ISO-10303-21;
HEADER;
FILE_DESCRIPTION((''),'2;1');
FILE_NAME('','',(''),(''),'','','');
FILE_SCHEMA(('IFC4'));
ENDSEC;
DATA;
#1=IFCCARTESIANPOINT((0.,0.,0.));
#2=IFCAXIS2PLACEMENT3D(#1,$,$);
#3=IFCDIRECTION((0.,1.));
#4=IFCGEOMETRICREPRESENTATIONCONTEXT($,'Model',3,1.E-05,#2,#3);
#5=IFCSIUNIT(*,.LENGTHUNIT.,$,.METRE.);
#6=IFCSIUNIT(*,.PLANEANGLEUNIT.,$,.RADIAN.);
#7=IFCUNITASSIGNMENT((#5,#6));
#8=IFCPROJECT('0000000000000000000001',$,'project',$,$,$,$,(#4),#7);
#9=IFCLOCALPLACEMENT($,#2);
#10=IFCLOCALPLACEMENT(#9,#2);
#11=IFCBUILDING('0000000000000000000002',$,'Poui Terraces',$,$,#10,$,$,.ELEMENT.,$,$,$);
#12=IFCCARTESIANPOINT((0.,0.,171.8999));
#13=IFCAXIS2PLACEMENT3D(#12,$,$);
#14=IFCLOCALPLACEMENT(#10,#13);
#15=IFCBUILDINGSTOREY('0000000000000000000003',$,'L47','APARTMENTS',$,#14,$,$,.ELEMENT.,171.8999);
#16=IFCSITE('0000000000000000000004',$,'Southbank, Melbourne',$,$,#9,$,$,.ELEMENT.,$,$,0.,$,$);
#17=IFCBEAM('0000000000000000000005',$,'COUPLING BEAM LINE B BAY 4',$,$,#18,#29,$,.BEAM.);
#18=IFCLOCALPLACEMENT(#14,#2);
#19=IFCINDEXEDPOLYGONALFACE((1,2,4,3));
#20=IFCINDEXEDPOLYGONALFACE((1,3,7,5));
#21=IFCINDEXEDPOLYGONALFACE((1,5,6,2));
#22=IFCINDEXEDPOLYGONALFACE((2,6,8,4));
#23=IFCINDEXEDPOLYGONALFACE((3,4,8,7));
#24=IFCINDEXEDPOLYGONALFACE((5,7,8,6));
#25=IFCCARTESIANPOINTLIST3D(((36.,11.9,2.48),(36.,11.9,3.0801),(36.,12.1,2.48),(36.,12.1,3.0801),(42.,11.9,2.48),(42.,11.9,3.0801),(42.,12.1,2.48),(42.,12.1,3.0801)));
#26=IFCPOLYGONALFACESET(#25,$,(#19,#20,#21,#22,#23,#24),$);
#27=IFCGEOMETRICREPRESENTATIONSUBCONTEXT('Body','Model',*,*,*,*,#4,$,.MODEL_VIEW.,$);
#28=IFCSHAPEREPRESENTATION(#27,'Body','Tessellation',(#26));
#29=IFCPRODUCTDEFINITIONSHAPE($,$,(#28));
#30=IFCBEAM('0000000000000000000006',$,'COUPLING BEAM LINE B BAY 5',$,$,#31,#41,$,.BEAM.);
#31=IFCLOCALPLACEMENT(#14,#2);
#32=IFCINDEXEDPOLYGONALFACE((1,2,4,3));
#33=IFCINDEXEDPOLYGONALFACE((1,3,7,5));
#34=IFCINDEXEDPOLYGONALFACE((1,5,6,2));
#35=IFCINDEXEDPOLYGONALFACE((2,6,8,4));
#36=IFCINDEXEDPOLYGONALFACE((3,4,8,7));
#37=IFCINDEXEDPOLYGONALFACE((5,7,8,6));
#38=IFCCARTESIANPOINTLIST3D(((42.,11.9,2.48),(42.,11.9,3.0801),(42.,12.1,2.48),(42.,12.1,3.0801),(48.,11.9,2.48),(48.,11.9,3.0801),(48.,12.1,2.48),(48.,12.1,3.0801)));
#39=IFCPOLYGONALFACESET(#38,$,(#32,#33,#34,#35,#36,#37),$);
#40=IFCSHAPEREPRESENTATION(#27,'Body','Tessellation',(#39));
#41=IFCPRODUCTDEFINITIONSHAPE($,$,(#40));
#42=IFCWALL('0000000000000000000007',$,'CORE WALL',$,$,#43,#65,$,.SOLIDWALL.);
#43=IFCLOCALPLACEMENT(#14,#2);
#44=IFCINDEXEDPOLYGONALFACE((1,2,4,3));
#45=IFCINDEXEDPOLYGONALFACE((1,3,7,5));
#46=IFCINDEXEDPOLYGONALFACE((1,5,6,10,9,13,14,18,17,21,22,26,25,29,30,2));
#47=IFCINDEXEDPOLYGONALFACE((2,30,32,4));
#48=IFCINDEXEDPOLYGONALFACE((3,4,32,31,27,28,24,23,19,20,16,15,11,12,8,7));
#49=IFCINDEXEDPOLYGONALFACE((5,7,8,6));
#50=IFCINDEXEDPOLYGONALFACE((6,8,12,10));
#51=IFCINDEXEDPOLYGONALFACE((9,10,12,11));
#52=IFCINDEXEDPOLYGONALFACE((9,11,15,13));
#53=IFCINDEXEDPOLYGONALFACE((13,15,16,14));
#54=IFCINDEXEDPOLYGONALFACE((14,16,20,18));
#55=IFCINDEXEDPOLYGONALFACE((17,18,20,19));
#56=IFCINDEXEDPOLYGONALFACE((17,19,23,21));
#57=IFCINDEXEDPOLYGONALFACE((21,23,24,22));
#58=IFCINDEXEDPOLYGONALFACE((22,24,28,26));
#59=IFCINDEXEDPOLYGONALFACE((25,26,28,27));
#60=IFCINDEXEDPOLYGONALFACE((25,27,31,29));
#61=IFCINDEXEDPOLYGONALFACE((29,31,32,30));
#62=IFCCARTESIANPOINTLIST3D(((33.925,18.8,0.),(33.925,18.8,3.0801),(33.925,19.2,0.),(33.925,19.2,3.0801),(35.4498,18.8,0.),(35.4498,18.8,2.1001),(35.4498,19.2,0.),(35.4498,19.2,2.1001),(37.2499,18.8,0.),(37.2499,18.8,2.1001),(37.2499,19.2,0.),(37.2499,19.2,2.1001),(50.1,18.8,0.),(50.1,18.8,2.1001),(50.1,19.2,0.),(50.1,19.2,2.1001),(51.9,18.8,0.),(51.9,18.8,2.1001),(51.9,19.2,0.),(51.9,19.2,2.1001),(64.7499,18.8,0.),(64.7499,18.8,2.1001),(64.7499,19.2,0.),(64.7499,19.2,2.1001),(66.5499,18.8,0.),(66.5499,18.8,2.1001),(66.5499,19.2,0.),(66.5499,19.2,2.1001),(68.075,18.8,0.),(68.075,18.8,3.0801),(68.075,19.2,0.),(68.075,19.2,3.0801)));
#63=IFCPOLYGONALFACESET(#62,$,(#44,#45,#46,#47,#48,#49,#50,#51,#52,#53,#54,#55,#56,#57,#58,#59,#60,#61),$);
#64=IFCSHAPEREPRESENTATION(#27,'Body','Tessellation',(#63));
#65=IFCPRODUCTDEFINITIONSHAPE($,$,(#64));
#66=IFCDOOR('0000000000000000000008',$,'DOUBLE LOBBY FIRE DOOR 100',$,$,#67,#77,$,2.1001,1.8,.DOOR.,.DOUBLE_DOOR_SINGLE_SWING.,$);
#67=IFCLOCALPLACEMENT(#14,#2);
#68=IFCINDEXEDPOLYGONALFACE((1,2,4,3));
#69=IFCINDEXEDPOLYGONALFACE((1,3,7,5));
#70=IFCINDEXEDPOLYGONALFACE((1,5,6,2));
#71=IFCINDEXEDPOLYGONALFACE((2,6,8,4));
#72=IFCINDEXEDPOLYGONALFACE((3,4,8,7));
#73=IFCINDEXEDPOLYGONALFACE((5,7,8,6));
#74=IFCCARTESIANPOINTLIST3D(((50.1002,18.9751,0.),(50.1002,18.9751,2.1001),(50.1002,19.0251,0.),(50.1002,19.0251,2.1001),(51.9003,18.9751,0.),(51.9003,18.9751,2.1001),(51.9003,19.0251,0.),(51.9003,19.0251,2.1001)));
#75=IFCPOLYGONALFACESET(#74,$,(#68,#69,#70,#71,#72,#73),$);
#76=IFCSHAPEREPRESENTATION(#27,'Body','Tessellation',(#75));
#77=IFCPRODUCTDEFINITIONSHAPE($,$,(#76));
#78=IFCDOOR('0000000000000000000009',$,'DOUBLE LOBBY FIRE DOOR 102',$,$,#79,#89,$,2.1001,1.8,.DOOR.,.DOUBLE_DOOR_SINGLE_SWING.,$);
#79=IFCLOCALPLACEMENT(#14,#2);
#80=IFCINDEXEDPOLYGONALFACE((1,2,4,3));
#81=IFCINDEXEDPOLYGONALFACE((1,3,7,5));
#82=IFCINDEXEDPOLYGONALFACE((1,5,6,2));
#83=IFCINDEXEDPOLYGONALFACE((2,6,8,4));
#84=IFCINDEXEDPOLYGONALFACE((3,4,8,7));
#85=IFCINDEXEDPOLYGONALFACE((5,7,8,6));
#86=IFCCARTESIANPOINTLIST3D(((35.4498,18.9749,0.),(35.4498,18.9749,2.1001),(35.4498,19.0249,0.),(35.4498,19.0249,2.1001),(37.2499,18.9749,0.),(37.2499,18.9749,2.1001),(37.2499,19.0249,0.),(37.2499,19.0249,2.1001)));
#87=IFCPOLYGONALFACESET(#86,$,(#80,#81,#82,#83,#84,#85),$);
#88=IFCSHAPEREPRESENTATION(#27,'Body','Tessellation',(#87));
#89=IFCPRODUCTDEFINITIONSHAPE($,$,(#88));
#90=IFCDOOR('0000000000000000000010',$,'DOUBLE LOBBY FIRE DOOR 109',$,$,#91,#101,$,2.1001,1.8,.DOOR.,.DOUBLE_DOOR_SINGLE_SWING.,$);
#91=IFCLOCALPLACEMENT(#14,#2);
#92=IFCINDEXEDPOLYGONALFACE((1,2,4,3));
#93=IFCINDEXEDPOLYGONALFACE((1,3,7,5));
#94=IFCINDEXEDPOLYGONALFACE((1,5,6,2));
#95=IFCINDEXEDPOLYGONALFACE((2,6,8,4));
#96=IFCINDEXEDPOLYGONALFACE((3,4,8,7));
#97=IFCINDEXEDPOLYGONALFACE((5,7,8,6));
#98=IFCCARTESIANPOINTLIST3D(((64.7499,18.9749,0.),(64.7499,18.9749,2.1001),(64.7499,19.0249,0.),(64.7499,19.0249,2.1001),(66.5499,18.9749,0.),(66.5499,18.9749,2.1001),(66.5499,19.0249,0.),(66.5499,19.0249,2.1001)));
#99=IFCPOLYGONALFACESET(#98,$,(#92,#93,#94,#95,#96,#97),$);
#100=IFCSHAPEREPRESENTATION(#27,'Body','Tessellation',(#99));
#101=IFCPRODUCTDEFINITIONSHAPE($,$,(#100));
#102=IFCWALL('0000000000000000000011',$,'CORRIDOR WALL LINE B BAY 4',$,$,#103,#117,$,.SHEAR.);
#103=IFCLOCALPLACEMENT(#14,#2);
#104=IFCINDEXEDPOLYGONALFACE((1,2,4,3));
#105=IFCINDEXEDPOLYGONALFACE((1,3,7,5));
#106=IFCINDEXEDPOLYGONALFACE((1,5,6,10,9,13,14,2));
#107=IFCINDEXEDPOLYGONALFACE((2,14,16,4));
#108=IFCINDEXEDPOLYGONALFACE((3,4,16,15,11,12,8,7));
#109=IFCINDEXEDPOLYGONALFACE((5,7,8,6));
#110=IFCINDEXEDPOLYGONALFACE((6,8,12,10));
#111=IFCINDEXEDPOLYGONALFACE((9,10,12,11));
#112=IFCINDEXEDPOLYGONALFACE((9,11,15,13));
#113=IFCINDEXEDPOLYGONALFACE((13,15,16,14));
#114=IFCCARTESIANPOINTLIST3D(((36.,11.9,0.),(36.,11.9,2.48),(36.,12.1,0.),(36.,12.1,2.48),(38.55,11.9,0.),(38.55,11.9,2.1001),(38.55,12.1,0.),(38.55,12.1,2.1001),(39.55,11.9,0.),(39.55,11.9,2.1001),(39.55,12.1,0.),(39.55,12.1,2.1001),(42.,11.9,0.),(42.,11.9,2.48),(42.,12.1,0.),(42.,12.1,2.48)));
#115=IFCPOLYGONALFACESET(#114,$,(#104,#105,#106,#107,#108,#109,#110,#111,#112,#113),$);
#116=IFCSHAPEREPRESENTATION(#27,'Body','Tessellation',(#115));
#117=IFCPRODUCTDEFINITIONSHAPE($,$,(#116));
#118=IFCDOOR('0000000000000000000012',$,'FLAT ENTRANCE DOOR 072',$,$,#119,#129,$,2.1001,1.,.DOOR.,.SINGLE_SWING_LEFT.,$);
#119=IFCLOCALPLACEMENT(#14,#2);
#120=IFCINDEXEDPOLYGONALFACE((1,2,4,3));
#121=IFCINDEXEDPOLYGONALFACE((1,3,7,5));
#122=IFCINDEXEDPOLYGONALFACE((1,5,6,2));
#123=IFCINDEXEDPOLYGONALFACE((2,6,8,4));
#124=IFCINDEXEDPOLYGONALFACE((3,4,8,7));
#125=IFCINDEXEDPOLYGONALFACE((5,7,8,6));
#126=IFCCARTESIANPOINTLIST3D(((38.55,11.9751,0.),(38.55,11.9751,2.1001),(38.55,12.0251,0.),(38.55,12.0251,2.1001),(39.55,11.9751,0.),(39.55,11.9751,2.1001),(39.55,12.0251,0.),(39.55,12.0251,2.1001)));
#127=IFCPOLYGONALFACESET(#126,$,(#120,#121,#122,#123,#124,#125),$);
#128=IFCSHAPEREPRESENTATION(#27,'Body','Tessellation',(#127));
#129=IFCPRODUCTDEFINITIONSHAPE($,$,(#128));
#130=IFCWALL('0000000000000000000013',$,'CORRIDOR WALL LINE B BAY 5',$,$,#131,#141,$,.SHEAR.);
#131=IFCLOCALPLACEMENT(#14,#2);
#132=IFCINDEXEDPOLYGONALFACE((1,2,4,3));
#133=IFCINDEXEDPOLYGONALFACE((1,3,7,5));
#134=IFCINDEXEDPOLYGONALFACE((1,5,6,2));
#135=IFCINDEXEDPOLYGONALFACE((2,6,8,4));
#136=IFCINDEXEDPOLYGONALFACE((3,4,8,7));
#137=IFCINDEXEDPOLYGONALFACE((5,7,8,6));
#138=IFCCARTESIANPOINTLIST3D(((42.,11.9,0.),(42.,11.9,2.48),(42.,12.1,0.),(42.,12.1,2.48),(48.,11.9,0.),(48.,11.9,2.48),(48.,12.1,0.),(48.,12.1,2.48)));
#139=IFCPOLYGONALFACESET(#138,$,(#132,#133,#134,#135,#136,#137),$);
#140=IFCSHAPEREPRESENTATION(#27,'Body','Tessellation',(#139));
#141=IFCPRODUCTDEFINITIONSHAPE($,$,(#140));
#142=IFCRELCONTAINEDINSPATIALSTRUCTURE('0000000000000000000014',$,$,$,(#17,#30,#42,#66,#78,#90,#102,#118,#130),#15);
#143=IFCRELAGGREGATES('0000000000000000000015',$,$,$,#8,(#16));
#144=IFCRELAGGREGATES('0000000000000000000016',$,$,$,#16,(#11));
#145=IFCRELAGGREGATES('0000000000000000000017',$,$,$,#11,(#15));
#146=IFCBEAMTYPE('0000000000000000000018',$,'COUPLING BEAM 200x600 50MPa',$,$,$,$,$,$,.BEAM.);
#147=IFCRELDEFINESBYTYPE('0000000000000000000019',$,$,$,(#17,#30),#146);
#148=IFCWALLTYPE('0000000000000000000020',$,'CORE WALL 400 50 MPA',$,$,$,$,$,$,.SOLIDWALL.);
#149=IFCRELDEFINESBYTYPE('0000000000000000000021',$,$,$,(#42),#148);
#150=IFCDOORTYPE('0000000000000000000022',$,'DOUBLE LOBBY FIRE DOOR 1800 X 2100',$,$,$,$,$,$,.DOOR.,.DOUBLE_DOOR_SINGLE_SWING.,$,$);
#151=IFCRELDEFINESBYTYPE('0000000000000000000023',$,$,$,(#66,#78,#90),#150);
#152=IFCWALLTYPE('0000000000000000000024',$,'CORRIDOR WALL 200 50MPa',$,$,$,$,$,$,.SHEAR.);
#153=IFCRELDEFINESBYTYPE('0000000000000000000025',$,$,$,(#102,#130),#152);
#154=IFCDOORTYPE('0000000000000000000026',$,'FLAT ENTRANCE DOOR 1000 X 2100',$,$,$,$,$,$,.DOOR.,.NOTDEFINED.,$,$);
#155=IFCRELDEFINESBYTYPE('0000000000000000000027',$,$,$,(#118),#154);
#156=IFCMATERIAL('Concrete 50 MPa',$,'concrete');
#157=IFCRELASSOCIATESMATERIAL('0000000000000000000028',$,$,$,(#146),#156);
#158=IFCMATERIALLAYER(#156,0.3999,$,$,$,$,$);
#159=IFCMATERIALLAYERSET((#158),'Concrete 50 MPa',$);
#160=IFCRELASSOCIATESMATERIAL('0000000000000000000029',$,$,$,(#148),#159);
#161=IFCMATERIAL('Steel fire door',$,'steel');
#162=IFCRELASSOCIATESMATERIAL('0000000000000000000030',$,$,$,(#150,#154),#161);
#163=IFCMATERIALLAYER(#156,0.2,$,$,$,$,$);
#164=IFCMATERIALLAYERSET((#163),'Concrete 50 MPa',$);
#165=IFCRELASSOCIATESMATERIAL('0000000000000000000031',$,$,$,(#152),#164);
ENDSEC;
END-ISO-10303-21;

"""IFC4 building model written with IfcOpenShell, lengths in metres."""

from ifc_helpers import new_model, si_unit, direction, frame, frame_2d, origin, origin_2d, place, context, subcontext, project, spatial, rectangle, extrude, source, transform, mapped, material, layer, layer_set, material_profile, profile_set, type_object, element, fill, save


model = new_model("IFC4")

# Units and contexts
model_context = context("Model", 3, precision=1e-05, world=origin(), true_north=direction((0.0, 1.0)))
body_context = subcontext(model_context, "Body", "Model", "MODEL_VIEW")
ifc_project = project(units=[si_unit("LENGTHUNIT", "METRE"), si_unit("PLANEANGLEUNIT", "RADIAN")], contexts=[model_context])

# Site, building, storey
site_placement = place(None, origin())
site = spatial("IfcSite", under=ifc_project, at=site_placement, Name="Southbank, Melbourne", CompositionType="ELEMENT", RefElevation=0.0)
building_placement = place(site_placement, origin())
building = spatial("IfcBuilding", under=site, at=building_placement, Name="Poui Terraces", CompositionType="ELEMENT")
storey_placement = place(building_placement, frame((0.0, 0.0, 171.8999)))
storey = spatial("IfcBuildingStorey", under=building, at=storey_placement, Name="L47", Description="APARTMENTS", CompositionType="ELEMENT", Elevation=171.8999)

# Beams
ifc_material_1 = material(Name="Concrete 50 MPa", Category="concrete")
ifc_material_profile = material_profile(ifc_material_1, rectangle(XDim=0.2, YDim=0.6001, at=origin_2d()), Name="RC 200x600")
ifc_profile_set = profile_set([ifc_material_profile], Name="Concrete 50 MPa")
beam_type = type_object("IfcBeamType", Name="COUPLING BEAM 200x600 50MPa", PredefinedType="BEAM", material=ifc_profile_set)
shared_shape = source(origin(), body_context, "Body", "SweptSolid", [
    extrude(rectangle(XDim=0.2, YDim=0.6001, at=origin_2d()), origin(), (0.0, 0.0, 1.0), 6.0),
])
for number, where, z_axis, x_axis, name in (
    (1, (36.0, 12.0, 2.78), (1.0, 0.0, 0.0), (0.0, 1.0, 0.0), "COUPLING BEAM LINE B BAY 4"),
    (2, (42.0, 12.0, 2.78), (1.0, 0.0, 0.0), (0.0, 1.0, 0.0), "COUPLING BEAM LINE B BAY 5"),
):
    element("IfcBeam", number, at=place(storey_placement, frame(where, z_axis=z_axis, x_axis=x_axis)), inside=storey, type_object=beam_type, Name=name, PredefinedType="BEAM", context=body_context, shape_type="MappedRepresentation", body=[
        mapped(shared_shape, transform((0.0, 0.0, 0.0))),
    ])

# Wall, openings, doors
ifc_layer_1 = layer(ifc_material_1, 0.3999)
ifc_layer_set_1 = layer_set([ifc_layer_1], Name="Concrete 50 MPa")
wall_type_1 = type_object("IfcWallType", Name="CORE WALL 400 50 MPA", PredefinedType="SOLIDWALL", material=ifc_layer_set_1)
wall_1_placement = place(storey_placement, frame((33.925, 19.0, 0.0), z_axis=(0.0, 0.0, 1.0), x_axis=(1.0, 0.0, 0.0)))
wall_1 = element("IfcWall", 3, at=wall_1_placement, inside=storey, type_object=wall_type_1, Name="CORE WALL", PredefinedType="SOLIDWALL", context=body_context, shape_type="SweptSolid", body=[
    extrude(rectangle(XDim=34.1499, YDim=0.3999, at=frame_2d((17.075, 0.0))), origin(), (0.0, 0.0, 1.0), 3.0801),
])
opening_1_placement = place(wall_1_placement, frame((16.175, 0.0, 0.0)))
opening_1 = element("IfcOpeningElement", 4, at=opening_1_placement, cuts=wall_1, PredefinedType="OPENING", context=body_context, shape_type="SweptSolid", body=[
    extrude(rectangle(XDim=1.8, YDim=2.1001, at=frame_2d((0.8999, 1.05))), frame((0.0, 0.21, 0.0), z_axis=(0.0, -1.0, 0.0), x_axis=(1.0, 0.0, 0.0)), (0.0, 0.0, 1.0), 0.4199),
])
opening_2_placement = place(wall_1_placement, frame((1.5249, 0.0, 0.0)))
opening_2 = element("IfcOpeningElement", 5, at=opening_2_placement, cuts=wall_1, PredefinedType="OPENING", context=body_context, shape_type="SweptSolid", body=[
    extrude(rectangle(XDim=1.8, YDim=2.1001, at=frame_2d((0.8999, 1.05))), frame((0.0, 0.21, 0.0), z_axis=(0.0, -1.0, 0.0), x_axis=(1.0, 0.0, 0.0)), (0.0, 0.0, 1.0), 0.4199),
])
opening_3_placement = place(wall_1_placement, frame((30.825, 0.0, 0.0)))
opening_3 = element("IfcOpeningElement", 6, at=opening_3_placement, cuts=wall_1, PredefinedType="OPENING", context=body_context, shape_type="SweptSolid", body=[
    extrude(rectangle(XDim=1.8, YDim=2.1001, at=frame_2d((0.8999, 1.05))), frame((0.0, 0.21, 0.0), z_axis=(0.0, -1.0, 0.0), x_axis=(1.0, 0.0, 0.0)), (0.0, 0.0, 1.0), 0.4199),
])
ifc_material_2 = material(Name="Steel fire door", Category="steel")
door_type_1 = type_object("IfcDoorType", Name="DOUBLE LOBBY FIRE DOOR 1800 X 2100", OperationType="DOUBLE_DOOR_SINGLE_SWING", PredefinedType="DOOR", material=ifc_material_2)
door_1_placement = place(opening_1_placement, frame((1.8, 0.0, 0.0), z_axis=(0.0, 0.0, 1.0), x_axis=(-1.0, 0.0, 0.0)))
door_1 = element("IfcDoor", 7, at=door_1_placement, inside=storey, type_object=door_type_1, Name="DOUBLE LOBBY FIRE DOOR 100", OperationType="DOUBLE_DOOR_SINGLE_SWING", OverallHeight=2.1001, OverallWidth=1.8, PredefinedType="DOOR", context=body_context, shape_type="SweptSolid", body=[
    extrude(rectangle(XDim=1.8, YDim=2.1001, at=frame_2d((0.8999, 1.05))), frame((0.0, 0.0249, 0.0), z_axis=(0.0, -1.0, 0.0), x_axis=(1.0, 0.0, 0.0)), (0.0, 0.0, 1.0), 0.05),
])
fill(opening_1, door_1)
door_2_placement = place(opening_2_placement, origin())
door_2 = element("IfcDoor", 8, at=door_2_placement, inside=storey, type_object=door_type_1, Name="DOUBLE LOBBY FIRE DOOR 102", OperationType="DOUBLE_DOOR_SINGLE_SWING", OverallHeight=2.1001, OverallWidth=1.8, PredefinedType="DOOR", context=body_context, shape_type="SweptSolid", body=[
    extrude(rectangle(XDim=1.8, YDim=2.1001, at=frame_2d((0.8999, 1.05))), frame((0.0, 0.0249, 0.0), z_axis=(0.0, -1.0, 0.0), x_axis=(1.0, 0.0, 0.0)), (0.0, 0.0, 1.0), 0.05),
])
fill(opening_2, door_2)
door_3_placement = place(opening_3_placement, origin())
door_3 = element("IfcDoor", 9, at=door_3_placement, inside=storey, type_object=door_type_1, Name="DOUBLE LOBBY FIRE DOOR 109", OperationType="DOUBLE_DOOR_SINGLE_SWING", OverallHeight=2.1001, OverallWidth=1.8, PredefinedType="DOOR", context=body_context, shape_type="SweptSolid", body=[
    extrude(rectangle(XDim=1.8, YDim=2.1001, at=frame_2d((0.8999, 1.05))), frame((0.0, 0.0249, 0.0), z_axis=(0.0, -1.0, 0.0), x_axis=(1.0, 0.0, 0.0)), (0.0, 0.0, 1.0), 0.05),
])
fill(opening_3, door_3)

# Wall, opening, door
ifc_layer_2 = layer(ifc_material_1, 0.2)
ifc_layer_set_2 = layer_set([ifc_layer_2], Name="Concrete 50 MPa")
wall_type_2 = type_object("IfcWallType", Name="CORRIDOR WALL 200 50MPa", PredefinedType="SHEAR", material=ifc_layer_set_2)
wall_2_placement = place(storey_placement, frame((36.0, 12.0, 0.0), z_axis=(0.0, 0.0, 1.0), x_axis=(1.0, 0.0, 0.0)))
wall_2 = element("IfcWall", 10, at=wall_2_placement, inside=storey, type_object=wall_type_2, Name="CORRIDOR WALL LINE B BAY 4", PredefinedType="SHEAR", context=body_context, shape_type="SweptSolid", body=[
    extrude(rectangle(XDim=6.0, YDim=0.2, at=frame_2d((3.0, 0.0))), origin(), (0.0, 0.0, 1.0), 2.48),
])
opening_4_placement = place(wall_2_placement, frame((2.55, 0.0, 0.0)))
opening_4 = element("IfcOpeningElement", 11, at=opening_4_placement, cuts=wall_2, PredefinedType="OPENING", context=body_context, shape_type="SweptSolid", body=[
    extrude(rectangle(XDim=1.0, YDim=2.1001, at=frame_2d((0.5, 1.05))), frame((0.0, 0.1099, 0.0), z_axis=(0.0, -1.0, 0.0), x_axis=(1.0, 0.0, 0.0)), (0.0, 0.0, 1.0), 0.22),
])
door_type_2 = type_object("IfcDoorType", Name="FLAT ENTRANCE DOOR 1000 X 2100", OperationType="NOTDEFINED", PredefinedType="DOOR", material=ifc_material_2)
door_4_placement = place(opening_4_placement, frame((1.0, 0.0, 0.0), z_axis=(0.0, 0.0, 1.0), x_axis=(-1.0, 0.0, 0.0)))
door_4 = element("IfcDoor", 12, at=door_4_placement, inside=storey, type_object=door_type_2, Name="FLAT ENTRANCE DOOR 072", OperationType="SINGLE_SWING_LEFT", OverallHeight=2.1001, OverallWidth=1.0, PredefinedType="DOOR", context=body_context, shape_type="SweptSolid", body=[
    extrude(rectangle(XDim=1.0, YDim=2.1001, at=frame_2d((0.5, 1.05))), frame((0.0, 0.0249, 0.0), z_axis=(0.0, -1.0, 0.0), x_axis=(1.0, 0.0, 0.0)), (0.0, 0.0, 1.0), 0.05),
])
fill(opening_4, door_4)

# Wall
wall_3_placement = place(storey_placement, frame((42.0, 12.0, 0.0), z_axis=(0.0, 0.0, 1.0), x_axis=(1.0, 0.0, 0.0)))
element("IfcWall", 13, at=wall_3_placement, inside=storey, type_object=wall_type_2, Name="CORRIDOR WALL LINE B BAY 5", PredefinedType="SHEAR", context=body_context, shape_type="SweptSolid", body=[
    extrude(rectangle(XDim=6.0, YDim=0.2, at=frame_2d((3.0, 0.0))), origin(), (0.0, 0.0, 1.0), 2.48),
])

save(model, "model.ifc")
